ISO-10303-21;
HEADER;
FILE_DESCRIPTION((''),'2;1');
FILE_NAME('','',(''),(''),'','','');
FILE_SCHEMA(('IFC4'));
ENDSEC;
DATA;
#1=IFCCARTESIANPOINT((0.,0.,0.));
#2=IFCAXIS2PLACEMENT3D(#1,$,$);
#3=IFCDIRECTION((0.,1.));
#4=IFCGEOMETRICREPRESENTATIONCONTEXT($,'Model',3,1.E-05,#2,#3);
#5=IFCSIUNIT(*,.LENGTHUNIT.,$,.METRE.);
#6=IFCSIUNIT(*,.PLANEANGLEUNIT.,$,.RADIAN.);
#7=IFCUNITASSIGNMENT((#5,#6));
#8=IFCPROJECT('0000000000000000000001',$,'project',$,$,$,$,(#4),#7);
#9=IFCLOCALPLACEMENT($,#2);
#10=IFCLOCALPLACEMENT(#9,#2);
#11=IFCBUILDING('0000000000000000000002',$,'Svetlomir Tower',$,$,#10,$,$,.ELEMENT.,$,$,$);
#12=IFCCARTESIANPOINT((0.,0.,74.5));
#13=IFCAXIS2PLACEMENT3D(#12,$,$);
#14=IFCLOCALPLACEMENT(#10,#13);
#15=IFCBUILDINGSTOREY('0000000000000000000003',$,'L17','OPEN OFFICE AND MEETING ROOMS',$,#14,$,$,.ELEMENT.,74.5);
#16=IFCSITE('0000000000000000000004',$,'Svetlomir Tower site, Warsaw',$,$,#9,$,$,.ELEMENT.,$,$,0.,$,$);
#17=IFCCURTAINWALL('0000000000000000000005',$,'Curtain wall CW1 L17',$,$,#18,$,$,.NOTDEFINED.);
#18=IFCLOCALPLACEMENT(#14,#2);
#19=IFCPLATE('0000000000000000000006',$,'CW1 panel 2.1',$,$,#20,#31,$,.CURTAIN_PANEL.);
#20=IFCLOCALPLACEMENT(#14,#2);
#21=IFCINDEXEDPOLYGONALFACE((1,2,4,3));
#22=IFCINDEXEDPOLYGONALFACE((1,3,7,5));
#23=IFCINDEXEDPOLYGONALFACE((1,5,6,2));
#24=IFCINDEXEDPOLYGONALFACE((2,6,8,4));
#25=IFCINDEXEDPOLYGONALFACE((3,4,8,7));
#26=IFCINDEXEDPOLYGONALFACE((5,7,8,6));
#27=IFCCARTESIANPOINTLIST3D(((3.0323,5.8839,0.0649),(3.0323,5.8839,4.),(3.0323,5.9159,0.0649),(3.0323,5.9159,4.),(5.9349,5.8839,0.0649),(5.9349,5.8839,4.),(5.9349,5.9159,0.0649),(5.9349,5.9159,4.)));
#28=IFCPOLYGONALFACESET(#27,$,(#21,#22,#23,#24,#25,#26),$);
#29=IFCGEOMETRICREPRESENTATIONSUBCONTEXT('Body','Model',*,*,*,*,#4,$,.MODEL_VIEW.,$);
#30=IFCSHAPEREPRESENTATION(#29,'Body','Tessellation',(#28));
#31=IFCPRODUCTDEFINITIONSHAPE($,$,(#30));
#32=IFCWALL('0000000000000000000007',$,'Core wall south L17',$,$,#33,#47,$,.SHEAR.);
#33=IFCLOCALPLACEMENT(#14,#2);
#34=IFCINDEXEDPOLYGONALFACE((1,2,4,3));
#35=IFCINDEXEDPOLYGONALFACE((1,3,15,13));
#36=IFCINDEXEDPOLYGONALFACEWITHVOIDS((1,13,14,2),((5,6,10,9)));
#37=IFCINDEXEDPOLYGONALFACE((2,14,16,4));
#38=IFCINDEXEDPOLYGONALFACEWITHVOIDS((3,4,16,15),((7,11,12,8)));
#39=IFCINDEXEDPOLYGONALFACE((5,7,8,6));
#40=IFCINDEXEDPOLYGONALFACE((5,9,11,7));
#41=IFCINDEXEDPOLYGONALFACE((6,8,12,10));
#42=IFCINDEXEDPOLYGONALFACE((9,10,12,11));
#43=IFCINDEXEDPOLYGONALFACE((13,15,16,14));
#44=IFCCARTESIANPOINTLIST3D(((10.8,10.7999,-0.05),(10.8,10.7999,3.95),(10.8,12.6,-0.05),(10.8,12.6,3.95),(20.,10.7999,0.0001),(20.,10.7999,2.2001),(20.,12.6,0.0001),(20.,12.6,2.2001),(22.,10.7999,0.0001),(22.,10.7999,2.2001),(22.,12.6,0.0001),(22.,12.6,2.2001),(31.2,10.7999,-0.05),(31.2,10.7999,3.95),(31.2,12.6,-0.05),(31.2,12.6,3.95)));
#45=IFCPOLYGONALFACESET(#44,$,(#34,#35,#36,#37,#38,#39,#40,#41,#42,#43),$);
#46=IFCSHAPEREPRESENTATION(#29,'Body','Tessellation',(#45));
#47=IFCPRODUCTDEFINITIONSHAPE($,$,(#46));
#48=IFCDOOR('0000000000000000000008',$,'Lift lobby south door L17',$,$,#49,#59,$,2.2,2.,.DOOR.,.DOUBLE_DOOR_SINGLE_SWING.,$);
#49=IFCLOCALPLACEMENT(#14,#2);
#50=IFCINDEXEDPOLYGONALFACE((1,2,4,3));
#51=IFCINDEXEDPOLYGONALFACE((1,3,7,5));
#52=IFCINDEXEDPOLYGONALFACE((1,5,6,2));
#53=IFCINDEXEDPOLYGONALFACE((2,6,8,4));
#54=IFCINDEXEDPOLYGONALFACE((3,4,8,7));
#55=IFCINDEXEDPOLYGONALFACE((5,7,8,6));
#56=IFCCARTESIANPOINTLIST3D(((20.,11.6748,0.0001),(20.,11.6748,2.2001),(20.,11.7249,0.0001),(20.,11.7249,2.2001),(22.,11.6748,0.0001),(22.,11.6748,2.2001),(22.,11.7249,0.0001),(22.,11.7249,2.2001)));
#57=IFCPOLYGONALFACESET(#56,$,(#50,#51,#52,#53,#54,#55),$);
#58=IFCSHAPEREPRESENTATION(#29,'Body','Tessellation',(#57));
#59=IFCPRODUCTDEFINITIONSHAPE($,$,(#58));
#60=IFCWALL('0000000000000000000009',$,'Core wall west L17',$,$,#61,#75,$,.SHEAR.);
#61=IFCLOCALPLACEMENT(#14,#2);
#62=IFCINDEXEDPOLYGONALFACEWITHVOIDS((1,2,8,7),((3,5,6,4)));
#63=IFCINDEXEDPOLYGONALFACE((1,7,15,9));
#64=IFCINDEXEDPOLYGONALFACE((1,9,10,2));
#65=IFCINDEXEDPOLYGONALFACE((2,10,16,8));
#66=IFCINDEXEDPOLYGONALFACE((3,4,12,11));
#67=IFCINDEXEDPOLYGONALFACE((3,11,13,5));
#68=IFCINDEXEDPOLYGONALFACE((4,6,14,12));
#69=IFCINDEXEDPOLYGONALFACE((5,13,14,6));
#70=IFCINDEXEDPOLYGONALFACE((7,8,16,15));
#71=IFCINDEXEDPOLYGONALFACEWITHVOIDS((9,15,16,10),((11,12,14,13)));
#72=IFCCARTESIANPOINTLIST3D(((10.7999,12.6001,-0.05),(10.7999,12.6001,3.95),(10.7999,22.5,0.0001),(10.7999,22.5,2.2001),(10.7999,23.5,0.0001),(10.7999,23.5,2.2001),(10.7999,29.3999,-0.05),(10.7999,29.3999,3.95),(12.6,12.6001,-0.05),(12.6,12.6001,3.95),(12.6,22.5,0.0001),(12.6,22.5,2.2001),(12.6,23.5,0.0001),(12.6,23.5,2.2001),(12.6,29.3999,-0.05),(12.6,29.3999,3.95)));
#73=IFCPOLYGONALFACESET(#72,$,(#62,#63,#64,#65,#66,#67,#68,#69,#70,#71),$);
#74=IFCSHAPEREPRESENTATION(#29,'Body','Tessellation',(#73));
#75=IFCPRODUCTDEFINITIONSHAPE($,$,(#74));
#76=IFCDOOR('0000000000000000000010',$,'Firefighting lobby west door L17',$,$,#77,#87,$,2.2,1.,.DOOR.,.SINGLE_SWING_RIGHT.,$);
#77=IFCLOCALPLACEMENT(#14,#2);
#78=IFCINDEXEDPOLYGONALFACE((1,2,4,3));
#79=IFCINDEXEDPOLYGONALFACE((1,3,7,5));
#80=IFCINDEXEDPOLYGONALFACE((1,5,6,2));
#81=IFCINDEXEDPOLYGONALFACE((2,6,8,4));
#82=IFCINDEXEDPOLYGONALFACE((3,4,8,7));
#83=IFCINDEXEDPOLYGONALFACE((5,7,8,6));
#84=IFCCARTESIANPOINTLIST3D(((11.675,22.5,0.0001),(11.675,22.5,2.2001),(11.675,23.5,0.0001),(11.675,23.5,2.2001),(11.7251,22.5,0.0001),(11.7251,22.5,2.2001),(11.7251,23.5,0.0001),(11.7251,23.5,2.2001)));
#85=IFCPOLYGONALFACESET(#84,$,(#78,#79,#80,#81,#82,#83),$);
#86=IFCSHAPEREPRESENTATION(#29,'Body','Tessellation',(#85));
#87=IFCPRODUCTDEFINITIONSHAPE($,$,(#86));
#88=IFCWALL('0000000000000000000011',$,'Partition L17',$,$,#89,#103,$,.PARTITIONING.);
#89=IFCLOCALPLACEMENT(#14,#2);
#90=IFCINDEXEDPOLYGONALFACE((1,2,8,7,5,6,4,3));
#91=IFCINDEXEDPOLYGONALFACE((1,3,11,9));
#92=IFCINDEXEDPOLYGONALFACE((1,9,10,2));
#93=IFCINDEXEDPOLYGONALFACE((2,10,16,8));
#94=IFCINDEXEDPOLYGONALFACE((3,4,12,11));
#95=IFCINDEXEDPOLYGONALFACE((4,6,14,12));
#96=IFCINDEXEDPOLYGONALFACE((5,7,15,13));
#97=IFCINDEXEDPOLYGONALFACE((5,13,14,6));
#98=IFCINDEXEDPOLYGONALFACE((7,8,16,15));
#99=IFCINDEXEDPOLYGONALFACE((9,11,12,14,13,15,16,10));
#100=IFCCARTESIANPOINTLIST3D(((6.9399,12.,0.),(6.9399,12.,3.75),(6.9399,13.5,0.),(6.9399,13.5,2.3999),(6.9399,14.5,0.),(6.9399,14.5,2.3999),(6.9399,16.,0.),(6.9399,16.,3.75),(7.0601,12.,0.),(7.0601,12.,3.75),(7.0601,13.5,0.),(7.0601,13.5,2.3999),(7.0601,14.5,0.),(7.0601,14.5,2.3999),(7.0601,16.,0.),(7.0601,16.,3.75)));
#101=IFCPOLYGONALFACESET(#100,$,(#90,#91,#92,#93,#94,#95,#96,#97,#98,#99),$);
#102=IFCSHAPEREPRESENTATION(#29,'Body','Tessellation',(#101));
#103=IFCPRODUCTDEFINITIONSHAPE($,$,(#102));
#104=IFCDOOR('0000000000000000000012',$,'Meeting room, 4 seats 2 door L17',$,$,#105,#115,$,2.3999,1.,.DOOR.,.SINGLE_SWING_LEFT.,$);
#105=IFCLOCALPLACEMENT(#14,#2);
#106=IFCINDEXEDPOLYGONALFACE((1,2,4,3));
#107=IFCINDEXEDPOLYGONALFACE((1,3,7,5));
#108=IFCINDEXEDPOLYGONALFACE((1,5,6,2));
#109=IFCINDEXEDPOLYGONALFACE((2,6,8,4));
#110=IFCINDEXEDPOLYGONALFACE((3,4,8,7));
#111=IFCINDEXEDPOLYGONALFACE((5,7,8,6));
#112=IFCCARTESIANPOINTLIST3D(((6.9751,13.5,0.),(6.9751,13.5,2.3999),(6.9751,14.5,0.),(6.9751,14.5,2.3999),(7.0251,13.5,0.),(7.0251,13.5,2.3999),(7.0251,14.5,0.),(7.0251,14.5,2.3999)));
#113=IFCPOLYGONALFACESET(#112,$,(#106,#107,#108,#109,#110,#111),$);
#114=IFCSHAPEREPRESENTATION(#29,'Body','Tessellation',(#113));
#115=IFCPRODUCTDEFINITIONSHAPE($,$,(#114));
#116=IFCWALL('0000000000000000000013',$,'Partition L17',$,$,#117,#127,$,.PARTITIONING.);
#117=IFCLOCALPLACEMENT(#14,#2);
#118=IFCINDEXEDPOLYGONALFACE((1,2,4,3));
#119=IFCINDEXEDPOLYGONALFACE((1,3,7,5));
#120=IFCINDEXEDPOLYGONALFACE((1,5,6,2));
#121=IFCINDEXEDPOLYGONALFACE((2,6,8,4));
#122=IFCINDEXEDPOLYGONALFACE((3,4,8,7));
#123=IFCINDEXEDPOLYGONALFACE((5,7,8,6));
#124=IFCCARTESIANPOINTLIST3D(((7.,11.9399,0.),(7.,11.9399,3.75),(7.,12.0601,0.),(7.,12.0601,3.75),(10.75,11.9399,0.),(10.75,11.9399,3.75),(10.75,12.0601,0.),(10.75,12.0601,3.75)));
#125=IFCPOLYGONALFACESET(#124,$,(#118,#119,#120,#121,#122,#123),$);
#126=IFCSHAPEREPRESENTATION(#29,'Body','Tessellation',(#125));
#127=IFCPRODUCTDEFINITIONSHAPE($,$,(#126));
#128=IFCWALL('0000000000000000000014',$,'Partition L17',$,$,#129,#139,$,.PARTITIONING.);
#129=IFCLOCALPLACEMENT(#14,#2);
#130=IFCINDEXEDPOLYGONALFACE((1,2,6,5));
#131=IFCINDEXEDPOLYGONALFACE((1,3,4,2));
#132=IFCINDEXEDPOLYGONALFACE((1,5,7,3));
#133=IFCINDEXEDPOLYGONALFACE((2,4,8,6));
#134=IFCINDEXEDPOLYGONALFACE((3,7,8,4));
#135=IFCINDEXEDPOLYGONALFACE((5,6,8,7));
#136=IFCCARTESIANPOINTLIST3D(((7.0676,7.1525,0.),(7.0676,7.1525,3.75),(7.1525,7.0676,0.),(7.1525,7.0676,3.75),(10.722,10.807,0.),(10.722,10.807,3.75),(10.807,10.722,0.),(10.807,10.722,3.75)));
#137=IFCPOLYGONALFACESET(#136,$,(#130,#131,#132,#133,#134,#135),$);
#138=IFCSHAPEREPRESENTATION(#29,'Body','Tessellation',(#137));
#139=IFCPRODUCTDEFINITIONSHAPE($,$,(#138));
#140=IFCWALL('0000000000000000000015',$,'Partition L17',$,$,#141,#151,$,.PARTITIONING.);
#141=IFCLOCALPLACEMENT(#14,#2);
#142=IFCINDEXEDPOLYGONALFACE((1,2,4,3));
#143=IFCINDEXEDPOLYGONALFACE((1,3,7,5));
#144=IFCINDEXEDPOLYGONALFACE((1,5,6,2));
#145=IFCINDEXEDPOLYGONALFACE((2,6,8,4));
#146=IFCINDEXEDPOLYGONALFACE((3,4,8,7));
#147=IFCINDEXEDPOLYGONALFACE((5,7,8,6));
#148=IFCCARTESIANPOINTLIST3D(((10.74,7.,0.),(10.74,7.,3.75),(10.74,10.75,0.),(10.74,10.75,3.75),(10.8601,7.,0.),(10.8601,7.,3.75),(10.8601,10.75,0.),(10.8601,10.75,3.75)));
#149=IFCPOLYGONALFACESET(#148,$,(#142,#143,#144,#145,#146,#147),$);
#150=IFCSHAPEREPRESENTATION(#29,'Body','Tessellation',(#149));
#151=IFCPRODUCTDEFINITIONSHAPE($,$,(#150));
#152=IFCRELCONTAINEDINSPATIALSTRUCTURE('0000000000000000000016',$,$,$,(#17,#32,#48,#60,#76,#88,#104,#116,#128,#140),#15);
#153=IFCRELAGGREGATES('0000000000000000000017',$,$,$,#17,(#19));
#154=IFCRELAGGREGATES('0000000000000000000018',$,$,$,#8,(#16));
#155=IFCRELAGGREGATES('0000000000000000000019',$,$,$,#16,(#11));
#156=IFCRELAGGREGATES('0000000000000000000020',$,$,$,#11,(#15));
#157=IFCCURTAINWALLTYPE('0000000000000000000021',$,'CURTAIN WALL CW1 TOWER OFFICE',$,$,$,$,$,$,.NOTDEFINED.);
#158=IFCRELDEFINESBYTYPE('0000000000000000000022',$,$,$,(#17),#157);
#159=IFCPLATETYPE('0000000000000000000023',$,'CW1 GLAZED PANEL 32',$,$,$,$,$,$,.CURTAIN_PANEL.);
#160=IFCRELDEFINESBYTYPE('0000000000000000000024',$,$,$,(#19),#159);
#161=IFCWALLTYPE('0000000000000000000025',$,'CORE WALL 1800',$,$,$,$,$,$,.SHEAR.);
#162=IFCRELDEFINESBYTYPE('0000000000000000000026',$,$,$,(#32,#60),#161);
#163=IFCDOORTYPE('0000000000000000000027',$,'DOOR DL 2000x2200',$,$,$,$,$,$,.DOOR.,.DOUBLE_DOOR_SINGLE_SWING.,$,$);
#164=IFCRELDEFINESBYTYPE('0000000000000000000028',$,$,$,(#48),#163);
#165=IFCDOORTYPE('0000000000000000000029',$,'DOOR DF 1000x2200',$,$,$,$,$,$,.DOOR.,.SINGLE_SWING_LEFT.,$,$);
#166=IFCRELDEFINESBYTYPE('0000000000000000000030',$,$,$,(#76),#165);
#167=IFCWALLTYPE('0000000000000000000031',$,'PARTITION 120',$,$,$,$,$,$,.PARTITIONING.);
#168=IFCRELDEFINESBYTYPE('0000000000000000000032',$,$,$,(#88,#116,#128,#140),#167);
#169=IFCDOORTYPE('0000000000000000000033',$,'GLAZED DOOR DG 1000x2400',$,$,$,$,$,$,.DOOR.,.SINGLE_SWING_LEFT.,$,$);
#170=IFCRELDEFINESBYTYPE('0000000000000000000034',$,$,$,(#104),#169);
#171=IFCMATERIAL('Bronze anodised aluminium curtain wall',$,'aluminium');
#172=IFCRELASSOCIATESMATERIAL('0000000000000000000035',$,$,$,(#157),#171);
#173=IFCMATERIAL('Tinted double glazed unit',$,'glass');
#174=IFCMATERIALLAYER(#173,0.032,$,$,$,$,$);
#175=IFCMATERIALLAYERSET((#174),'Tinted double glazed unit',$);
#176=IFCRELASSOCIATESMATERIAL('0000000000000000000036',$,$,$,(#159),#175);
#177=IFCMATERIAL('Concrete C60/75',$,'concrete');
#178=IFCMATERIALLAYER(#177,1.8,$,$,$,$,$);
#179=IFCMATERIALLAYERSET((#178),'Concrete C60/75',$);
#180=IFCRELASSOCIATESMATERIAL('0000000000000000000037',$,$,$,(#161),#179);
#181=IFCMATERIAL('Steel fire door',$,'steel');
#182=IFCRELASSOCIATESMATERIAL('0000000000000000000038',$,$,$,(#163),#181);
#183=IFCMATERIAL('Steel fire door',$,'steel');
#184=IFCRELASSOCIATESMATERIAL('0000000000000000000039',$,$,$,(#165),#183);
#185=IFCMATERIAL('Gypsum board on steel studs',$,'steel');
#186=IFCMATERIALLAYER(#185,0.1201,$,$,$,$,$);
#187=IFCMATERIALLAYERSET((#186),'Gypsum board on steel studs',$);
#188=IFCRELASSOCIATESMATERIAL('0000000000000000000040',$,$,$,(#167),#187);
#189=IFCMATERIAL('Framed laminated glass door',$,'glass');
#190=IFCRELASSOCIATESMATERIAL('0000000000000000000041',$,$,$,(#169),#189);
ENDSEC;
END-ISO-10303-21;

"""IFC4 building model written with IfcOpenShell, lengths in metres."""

from ifc_helpers import new_model, si_unit, direction, frame, frame_2d, origin, origin_2d, place, context, subcontext, project, spatial, rectangle, extrude, material, layer, layer_set, type_object, element, fill, aggregate, save


model = new_model("IFC4")

# Units and contexts
model_context = context("Model", 3, precision=1e-05, world=origin(), true_north=direction((0.0, 1.0)))
body_context = subcontext(model_context, "Body", "Model", "MODEL_VIEW")
ifc_project = project(units=[si_unit("LENGTHUNIT", "METRE"), si_unit("PLANEANGLEUNIT", "RADIAN")], contexts=[model_context])

# Site, building, storey
site_placement = place(None, origin())
site = spatial("IfcSite", under=ifc_project, at=site_placement, Name="Svetlomir Tower site, Warsaw", CompositionType="ELEMENT", RefElevation=0.0)
building_placement = place(site_placement, origin())
building = spatial("IfcBuilding", under=site, at=building_placement, Name="Svetlomir Tower", CompositionType="ELEMENT")
storey_placement = place(building_placement, frame((0.0, 0.0, 74.5)))
storey = spatial("IfcBuildingStorey", under=building, at=storey_placement, Name="L17", Description="OPEN OFFICE AND MEETING ROOMS", CompositionType="ELEMENT", Elevation=74.5)

# Curtain wall
ifc_material_1 = material(Name="Bronze anodised aluminium curtain wall", Category="aluminium")
curtain_wall_type = type_object("IfcCurtainWallType", Name="CURTAIN WALL CW1 TOWER OFFICE", PredefinedType="NOTDEFINED", material=ifc_material_1)
curtain_wall_1_placement = place(storey_placement, origin())
curtain_wall_1 = element("IfcCurtainWall", 1, at=curtain_wall_1_placement, inside=storey, type_object=curtain_wall_type, Name="Curtain wall CW1 L17", PredefinedType="NOTDEFINED")

# Plate
ifc_material_2 = material(Name="Tinted double glazed unit", Category="glass")
ifc_layer_1 = layer(ifc_material_2, 0.032)
ifc_layer_set_1 = layer_set([ifc_layer_1], Name="Tinted double glazed unit")
plate_type = type_object("IfcPlateType", Name="CW1 GLAZED PANEL 32", PredefinedType="CURTAIN_PANEL", material=ifc_layer_set_1)
plate_1_placement = place(storey_placement, frame((4.4836, 5.8999, 0.0649), z_axis=(0.0, 0.0, 1.0), x_axis=(1.0, 0.0, 0.0)))
plate_1 = element("IfcPlate", 2, at=plate_1_placement, type_object=plate_type, Name="CW1 panel 2.1", PredefinedType="CURTAIN_PANEL", context=body_context, shape_type="SweptSolid", body=[
    extrude(rectangle(XDim=2.9026, YDim=0.032, at=origin_2d()), origin(), (0.0, 0.0, 1.0), 3.9351),
])
aggregate(curtain_wall_1, [plate_1])

# Walls, openings, doors
ifc_material_3 = material(Name="Concrete C60/75", Category="concrete")
ifc_layer_2 = layer(ifc_material_3, 1.8)
ifc_layer_set_2 = layer_set([ifc_layer_2], Name="Concrete C60/75")
wall_type_1 = type_object("IfcWallType", Name="CORE WALL 1800", PredefinedType="SHEAR", material=ifc_layer_set_2)
wall_1_placement = place(storey_placement, frame((10.8, 11.7, -0.05), z_axis=(0.0, 0.0, 1.0), x_axis=(1.0, 0.0, 0.0)))
wall_1 = element("IfcWall", 3, at=wall_1_placement, inside=storey, type_object=wall_type_1, Name="Core wall south L17", PredefinedType="SHEAR", context=body_context, shape_type="SweptSolid", body=[
    extrude(rectangle(XDim=20.3999, YDim=1.8, at=frame_2d((10.2, 0.0))), origin(), (0.0, 0.0, 1.0), 4.0),
])
opening_1_placement = place(wall_1_placement, frame((9.2, 0.0, 0.05)))
opening_1 = element("IfcOpeningElement", 4, at=opening_1_placement, cuts=wall_1, PredefinedType="OPENING", context=body_context, shape_type="SweptSolid", body=[
    extrude(rectangle(XDim=2.0, YDim=2.2, at=frame_2d((1.0, 1.1001))), frame((0.0, 0.9102, 0.0), z_axis=(0.0, -1.0, 0.0), x_axis=(1.0, 0.0, 0.0)), (0.0, 0.0, 1.0), 1.8201),
])
ifc_material_4 = material(Name="Steel fire door", Category="steel")
door_type_1 = type_object("IfcDoorType", Name="DOOR DL 2000x2200", OperationType="DOUBLE_DOOR_SINGLE_SWING", PredefinedType="DOOR", material=ifc_material_4)
door_1_placement = place(opening_1_placement, origin())
door_1 = element("IfcDoor", 5, at=door_1_placement, inside=storey, type_object=door_type_1, Name="Lift lobby south door L17", OperationType="DOUBLE_DOOR_SINGLE_SWING", OverallHeight=2.2, OverallWidth=2.0, PredefinedType="DOOR", context=body_context, shape_type="SweptSolid", body=[
    extrude(rectangle(XDim=2.0, YDim=2.2, at=frame_2d((1.0, 1.1001))), frame((0.0, 0.0249, 0.0), z_axis=(0.0, -1.0, 0.0), x_axis=(1.0, 0.0, 0.0)), (0.0, 0.0, 1.0), 0.05),
])
fill(opening_1, door_1)
wall_2_placement = place(storey_placement, frame((11.7, 12.6001, -0.05), z_axis=(0.0, 0.0, 1.0), x_axis=(0.0, 1.0, 0.0)))
wall_2 = element("IfcWall", 6, at=wall_2_placement, inside=storey, type_object=wall_type_1, Name="Core wall west L17", PredefinedType="SHEAR", context=body_context, shape_type="SweptSolid", body=[
    extrude(rectangle(XDim=16.7998, YDim=1.8, at=frame_2d((8.3999, 0.0))), origin(), (0.0, 0.0, 1.0), 4.0),
])
opening_2_placement = place(wall_2_placement, frame((9.8999, 0.0, 0.05)))
opening_2 = element("IfcOpeningElement", 7, at=opening_2_placement, cuts=wall_2, PredefinedType="OPENING", context=body_context, shape_type="SweptSolid", body=[
    extrude(rectangle(XDim=1.0, YDim=2.2, at=frame_2d((0.5, 1.1001))), frame((0.0, 0.9102, 0.0), z_axis=(0.0, -1.0, 0.0), x_axis=(1.0, 0.0, 0.0)), (0.0, 0.0, 1.0), 1.8201),
])
ifc_material_5 = material(Name="Steel fire door", Category="steel")
door_type_2 = type_object("IfcDoorType", Name="DOOR DF 1000x2200", OperationType="SINGLE_SWING_LEFT", PredefinedType="DOOR", material=ifc_material_5)
door_2_placement = place(opening_2_placement, origin())
door_2 = element("IfcDoor", 8, at=door_2_placement, inside=storey, type_object=door_type_2, Name="Firefighting lobby west door L17", OperationType="SINGLE_SWING_RIGHT", OverallHeight=2.2, OverallWidth=1.0, PredefinedType="DOOR", context=body_context, shape_type="SweptSolid", body=[
    extrude(rectangle(XDim=1.0, YDim=2.2, at=frame_2d((0.5, 1.1001))), frame((0.0, 0.0249, 0.0), z_axis=(0.0, -1.0, 0.0), x_axis=(1.0, 0.0, 0.0)), (0.0, 0.0, 1.0), 0.05),
])
fill(opening_2, door_2)
ifc_material_6 = material(Name="Gypsum board on steel studs", Category="steel")
ifc_layer_3 = layer(ifc_material_6, 0.1201)
ifc_layer_set_3 = layer_set([ifc_layer_3], Name="Gypsum board on steel studs")
wall_type_2 = type_object("IfcWallType", Name="PARTITION 120", PredefinedType="PARTITIONING", material=ifc_layer_set_3)
wall_3_placement = place(storey_placement, frame((7.0, 12.0, 0.0), z_axis=(0.0, 0.0, 1.0), x_axis=(0.0, 1.0, 0.0)))
wall_3 = element("IfcWall", 9, at=wall_3_placement, inside=storey, type_object=wall_type_2, Name="Partition L17", PredefinedType="PARTITIONING", context=body_context, shape_type="SweptSolid", body=[
    extrude(rectangle(XDim=4.0, YDim=0.1201, at=frame_2d((2.0, 0.0))), origin(), (0.0, 0.0, 1.0), 3.75),
])
opening_3_placement = place(wall_3_placement, frame((1.5, 0.0, 0.0)))
opening_3 = element("IfcOpeningElement", 10, at=opening_3_placement, cuts=wall_3, PredefinedType="OPENING", context=body_context, shape_type="SweptSolid", body=[
    extrude(rectangle(XDim=1.0, YDim=2.3999, at=frame_2d((0.5, 1.2))), frame((0.0, 0.0701, 0.0), z_axis=(0.0, -1.0, 0.0), x_axis=(1.0, 0.0, 0.0)), (0.0, 0.0, 1.0), 0.1401),
])
ifc_material_7 = material(Name="Framed laminated glass door", Category="glass")
door_type_3 = type_object("IfcDoorType", Name="GLAZED DOOR DG 1000x2400", OperationType="SINGLE_SWING_LEFT", PredefinedType="DOOR", material=ifc_material_7)
door_3_placement = place(opening_3_placement, origin())
door_3 = element("IfcDoor", 11, at=door_3_placement, inside=storey, type_object=door_type_3, Name="Meeting room, 4 seats 2 door L17", OperationType="SINGLE_SWING_LEFT", OverallHeight=2.3999, OverallWidth=1.0, PredefinedType="DOOR", context=body_context, shape_type="SweptSolid", body=[
    extrude(rectangle(XDim=1.0, YDim=2.3999, at=frame_2d((0.5, 1.2))), frame((0.0, 0.0249, 0.0), z_axis=(0.0, -1.0, 0.0), x_axis=(1.0, 0.0, 0.0)), (0.0, 0.0, 1.0), 0.05),
])
fill(opening_3, door_3)

# Walls
wall_4_placement = place(storey_placement, frame((7.0, 12.0, 0.0), z_axis=(0.0, 0.0, 1.0), x_axis=(1.0, 0.0, 0.0)))
element("IfcWall", 12, at=wall_4_placement, inside=storey, type_object=wall_type_2, Name="Partition L17", PredefinedType="PARTITIONING", context=body_context, shape_type="SweptSolid", body=[
    extrude(rectangle(XDim=3.75, YDim=0.1201, at=frame_2d((1.875, 0.0))), origin(), (0.0, 0.0, 1.0), 3.75),
])
wall_5_placement = place(storey_placement, frame((7.1101, 7.1101, 0.0), z_axis=(0.0, 0.0, 1.0), x_axis=(0.707107, 0.707107, 0.0)))
element("IfcWall", 13, at=wall_5_placement, inside=storey, type_object=wall_type_2, Name="Partition L17", PredefinedType="PARTITIONING", context=body_context, shape_type="SweptSolid", body=[
    extrude(rectangle(XDim=5.1682, YDim=0.1201, at=frame_2d((2.584, 0.0))), origin(), (0.0, 0.0, 1.0), 3.75),
])
wall_6_placement = place(storey_placement, frame((10.8, 7.0, 0.0), z_axis=(0.0, 0.0, 1.0), x_axis=(0.0, 1.0, 0.0)))
element("IfcWall", 14, at=wall_6_placement, inside=storey, type_object=wall_type_2, Name="Partition L17", PredefinedType="PARTITIONING", context=body_context, shape_type="SweptSolid", body=[
    extrude(rectangle(XDim=3.75, YDim=0.1201, at=frame_2d((1.875, 0.0))), origin(), (0.0, 0.0, 1.0), 3.75),
])

save(model, "model.ifc")
